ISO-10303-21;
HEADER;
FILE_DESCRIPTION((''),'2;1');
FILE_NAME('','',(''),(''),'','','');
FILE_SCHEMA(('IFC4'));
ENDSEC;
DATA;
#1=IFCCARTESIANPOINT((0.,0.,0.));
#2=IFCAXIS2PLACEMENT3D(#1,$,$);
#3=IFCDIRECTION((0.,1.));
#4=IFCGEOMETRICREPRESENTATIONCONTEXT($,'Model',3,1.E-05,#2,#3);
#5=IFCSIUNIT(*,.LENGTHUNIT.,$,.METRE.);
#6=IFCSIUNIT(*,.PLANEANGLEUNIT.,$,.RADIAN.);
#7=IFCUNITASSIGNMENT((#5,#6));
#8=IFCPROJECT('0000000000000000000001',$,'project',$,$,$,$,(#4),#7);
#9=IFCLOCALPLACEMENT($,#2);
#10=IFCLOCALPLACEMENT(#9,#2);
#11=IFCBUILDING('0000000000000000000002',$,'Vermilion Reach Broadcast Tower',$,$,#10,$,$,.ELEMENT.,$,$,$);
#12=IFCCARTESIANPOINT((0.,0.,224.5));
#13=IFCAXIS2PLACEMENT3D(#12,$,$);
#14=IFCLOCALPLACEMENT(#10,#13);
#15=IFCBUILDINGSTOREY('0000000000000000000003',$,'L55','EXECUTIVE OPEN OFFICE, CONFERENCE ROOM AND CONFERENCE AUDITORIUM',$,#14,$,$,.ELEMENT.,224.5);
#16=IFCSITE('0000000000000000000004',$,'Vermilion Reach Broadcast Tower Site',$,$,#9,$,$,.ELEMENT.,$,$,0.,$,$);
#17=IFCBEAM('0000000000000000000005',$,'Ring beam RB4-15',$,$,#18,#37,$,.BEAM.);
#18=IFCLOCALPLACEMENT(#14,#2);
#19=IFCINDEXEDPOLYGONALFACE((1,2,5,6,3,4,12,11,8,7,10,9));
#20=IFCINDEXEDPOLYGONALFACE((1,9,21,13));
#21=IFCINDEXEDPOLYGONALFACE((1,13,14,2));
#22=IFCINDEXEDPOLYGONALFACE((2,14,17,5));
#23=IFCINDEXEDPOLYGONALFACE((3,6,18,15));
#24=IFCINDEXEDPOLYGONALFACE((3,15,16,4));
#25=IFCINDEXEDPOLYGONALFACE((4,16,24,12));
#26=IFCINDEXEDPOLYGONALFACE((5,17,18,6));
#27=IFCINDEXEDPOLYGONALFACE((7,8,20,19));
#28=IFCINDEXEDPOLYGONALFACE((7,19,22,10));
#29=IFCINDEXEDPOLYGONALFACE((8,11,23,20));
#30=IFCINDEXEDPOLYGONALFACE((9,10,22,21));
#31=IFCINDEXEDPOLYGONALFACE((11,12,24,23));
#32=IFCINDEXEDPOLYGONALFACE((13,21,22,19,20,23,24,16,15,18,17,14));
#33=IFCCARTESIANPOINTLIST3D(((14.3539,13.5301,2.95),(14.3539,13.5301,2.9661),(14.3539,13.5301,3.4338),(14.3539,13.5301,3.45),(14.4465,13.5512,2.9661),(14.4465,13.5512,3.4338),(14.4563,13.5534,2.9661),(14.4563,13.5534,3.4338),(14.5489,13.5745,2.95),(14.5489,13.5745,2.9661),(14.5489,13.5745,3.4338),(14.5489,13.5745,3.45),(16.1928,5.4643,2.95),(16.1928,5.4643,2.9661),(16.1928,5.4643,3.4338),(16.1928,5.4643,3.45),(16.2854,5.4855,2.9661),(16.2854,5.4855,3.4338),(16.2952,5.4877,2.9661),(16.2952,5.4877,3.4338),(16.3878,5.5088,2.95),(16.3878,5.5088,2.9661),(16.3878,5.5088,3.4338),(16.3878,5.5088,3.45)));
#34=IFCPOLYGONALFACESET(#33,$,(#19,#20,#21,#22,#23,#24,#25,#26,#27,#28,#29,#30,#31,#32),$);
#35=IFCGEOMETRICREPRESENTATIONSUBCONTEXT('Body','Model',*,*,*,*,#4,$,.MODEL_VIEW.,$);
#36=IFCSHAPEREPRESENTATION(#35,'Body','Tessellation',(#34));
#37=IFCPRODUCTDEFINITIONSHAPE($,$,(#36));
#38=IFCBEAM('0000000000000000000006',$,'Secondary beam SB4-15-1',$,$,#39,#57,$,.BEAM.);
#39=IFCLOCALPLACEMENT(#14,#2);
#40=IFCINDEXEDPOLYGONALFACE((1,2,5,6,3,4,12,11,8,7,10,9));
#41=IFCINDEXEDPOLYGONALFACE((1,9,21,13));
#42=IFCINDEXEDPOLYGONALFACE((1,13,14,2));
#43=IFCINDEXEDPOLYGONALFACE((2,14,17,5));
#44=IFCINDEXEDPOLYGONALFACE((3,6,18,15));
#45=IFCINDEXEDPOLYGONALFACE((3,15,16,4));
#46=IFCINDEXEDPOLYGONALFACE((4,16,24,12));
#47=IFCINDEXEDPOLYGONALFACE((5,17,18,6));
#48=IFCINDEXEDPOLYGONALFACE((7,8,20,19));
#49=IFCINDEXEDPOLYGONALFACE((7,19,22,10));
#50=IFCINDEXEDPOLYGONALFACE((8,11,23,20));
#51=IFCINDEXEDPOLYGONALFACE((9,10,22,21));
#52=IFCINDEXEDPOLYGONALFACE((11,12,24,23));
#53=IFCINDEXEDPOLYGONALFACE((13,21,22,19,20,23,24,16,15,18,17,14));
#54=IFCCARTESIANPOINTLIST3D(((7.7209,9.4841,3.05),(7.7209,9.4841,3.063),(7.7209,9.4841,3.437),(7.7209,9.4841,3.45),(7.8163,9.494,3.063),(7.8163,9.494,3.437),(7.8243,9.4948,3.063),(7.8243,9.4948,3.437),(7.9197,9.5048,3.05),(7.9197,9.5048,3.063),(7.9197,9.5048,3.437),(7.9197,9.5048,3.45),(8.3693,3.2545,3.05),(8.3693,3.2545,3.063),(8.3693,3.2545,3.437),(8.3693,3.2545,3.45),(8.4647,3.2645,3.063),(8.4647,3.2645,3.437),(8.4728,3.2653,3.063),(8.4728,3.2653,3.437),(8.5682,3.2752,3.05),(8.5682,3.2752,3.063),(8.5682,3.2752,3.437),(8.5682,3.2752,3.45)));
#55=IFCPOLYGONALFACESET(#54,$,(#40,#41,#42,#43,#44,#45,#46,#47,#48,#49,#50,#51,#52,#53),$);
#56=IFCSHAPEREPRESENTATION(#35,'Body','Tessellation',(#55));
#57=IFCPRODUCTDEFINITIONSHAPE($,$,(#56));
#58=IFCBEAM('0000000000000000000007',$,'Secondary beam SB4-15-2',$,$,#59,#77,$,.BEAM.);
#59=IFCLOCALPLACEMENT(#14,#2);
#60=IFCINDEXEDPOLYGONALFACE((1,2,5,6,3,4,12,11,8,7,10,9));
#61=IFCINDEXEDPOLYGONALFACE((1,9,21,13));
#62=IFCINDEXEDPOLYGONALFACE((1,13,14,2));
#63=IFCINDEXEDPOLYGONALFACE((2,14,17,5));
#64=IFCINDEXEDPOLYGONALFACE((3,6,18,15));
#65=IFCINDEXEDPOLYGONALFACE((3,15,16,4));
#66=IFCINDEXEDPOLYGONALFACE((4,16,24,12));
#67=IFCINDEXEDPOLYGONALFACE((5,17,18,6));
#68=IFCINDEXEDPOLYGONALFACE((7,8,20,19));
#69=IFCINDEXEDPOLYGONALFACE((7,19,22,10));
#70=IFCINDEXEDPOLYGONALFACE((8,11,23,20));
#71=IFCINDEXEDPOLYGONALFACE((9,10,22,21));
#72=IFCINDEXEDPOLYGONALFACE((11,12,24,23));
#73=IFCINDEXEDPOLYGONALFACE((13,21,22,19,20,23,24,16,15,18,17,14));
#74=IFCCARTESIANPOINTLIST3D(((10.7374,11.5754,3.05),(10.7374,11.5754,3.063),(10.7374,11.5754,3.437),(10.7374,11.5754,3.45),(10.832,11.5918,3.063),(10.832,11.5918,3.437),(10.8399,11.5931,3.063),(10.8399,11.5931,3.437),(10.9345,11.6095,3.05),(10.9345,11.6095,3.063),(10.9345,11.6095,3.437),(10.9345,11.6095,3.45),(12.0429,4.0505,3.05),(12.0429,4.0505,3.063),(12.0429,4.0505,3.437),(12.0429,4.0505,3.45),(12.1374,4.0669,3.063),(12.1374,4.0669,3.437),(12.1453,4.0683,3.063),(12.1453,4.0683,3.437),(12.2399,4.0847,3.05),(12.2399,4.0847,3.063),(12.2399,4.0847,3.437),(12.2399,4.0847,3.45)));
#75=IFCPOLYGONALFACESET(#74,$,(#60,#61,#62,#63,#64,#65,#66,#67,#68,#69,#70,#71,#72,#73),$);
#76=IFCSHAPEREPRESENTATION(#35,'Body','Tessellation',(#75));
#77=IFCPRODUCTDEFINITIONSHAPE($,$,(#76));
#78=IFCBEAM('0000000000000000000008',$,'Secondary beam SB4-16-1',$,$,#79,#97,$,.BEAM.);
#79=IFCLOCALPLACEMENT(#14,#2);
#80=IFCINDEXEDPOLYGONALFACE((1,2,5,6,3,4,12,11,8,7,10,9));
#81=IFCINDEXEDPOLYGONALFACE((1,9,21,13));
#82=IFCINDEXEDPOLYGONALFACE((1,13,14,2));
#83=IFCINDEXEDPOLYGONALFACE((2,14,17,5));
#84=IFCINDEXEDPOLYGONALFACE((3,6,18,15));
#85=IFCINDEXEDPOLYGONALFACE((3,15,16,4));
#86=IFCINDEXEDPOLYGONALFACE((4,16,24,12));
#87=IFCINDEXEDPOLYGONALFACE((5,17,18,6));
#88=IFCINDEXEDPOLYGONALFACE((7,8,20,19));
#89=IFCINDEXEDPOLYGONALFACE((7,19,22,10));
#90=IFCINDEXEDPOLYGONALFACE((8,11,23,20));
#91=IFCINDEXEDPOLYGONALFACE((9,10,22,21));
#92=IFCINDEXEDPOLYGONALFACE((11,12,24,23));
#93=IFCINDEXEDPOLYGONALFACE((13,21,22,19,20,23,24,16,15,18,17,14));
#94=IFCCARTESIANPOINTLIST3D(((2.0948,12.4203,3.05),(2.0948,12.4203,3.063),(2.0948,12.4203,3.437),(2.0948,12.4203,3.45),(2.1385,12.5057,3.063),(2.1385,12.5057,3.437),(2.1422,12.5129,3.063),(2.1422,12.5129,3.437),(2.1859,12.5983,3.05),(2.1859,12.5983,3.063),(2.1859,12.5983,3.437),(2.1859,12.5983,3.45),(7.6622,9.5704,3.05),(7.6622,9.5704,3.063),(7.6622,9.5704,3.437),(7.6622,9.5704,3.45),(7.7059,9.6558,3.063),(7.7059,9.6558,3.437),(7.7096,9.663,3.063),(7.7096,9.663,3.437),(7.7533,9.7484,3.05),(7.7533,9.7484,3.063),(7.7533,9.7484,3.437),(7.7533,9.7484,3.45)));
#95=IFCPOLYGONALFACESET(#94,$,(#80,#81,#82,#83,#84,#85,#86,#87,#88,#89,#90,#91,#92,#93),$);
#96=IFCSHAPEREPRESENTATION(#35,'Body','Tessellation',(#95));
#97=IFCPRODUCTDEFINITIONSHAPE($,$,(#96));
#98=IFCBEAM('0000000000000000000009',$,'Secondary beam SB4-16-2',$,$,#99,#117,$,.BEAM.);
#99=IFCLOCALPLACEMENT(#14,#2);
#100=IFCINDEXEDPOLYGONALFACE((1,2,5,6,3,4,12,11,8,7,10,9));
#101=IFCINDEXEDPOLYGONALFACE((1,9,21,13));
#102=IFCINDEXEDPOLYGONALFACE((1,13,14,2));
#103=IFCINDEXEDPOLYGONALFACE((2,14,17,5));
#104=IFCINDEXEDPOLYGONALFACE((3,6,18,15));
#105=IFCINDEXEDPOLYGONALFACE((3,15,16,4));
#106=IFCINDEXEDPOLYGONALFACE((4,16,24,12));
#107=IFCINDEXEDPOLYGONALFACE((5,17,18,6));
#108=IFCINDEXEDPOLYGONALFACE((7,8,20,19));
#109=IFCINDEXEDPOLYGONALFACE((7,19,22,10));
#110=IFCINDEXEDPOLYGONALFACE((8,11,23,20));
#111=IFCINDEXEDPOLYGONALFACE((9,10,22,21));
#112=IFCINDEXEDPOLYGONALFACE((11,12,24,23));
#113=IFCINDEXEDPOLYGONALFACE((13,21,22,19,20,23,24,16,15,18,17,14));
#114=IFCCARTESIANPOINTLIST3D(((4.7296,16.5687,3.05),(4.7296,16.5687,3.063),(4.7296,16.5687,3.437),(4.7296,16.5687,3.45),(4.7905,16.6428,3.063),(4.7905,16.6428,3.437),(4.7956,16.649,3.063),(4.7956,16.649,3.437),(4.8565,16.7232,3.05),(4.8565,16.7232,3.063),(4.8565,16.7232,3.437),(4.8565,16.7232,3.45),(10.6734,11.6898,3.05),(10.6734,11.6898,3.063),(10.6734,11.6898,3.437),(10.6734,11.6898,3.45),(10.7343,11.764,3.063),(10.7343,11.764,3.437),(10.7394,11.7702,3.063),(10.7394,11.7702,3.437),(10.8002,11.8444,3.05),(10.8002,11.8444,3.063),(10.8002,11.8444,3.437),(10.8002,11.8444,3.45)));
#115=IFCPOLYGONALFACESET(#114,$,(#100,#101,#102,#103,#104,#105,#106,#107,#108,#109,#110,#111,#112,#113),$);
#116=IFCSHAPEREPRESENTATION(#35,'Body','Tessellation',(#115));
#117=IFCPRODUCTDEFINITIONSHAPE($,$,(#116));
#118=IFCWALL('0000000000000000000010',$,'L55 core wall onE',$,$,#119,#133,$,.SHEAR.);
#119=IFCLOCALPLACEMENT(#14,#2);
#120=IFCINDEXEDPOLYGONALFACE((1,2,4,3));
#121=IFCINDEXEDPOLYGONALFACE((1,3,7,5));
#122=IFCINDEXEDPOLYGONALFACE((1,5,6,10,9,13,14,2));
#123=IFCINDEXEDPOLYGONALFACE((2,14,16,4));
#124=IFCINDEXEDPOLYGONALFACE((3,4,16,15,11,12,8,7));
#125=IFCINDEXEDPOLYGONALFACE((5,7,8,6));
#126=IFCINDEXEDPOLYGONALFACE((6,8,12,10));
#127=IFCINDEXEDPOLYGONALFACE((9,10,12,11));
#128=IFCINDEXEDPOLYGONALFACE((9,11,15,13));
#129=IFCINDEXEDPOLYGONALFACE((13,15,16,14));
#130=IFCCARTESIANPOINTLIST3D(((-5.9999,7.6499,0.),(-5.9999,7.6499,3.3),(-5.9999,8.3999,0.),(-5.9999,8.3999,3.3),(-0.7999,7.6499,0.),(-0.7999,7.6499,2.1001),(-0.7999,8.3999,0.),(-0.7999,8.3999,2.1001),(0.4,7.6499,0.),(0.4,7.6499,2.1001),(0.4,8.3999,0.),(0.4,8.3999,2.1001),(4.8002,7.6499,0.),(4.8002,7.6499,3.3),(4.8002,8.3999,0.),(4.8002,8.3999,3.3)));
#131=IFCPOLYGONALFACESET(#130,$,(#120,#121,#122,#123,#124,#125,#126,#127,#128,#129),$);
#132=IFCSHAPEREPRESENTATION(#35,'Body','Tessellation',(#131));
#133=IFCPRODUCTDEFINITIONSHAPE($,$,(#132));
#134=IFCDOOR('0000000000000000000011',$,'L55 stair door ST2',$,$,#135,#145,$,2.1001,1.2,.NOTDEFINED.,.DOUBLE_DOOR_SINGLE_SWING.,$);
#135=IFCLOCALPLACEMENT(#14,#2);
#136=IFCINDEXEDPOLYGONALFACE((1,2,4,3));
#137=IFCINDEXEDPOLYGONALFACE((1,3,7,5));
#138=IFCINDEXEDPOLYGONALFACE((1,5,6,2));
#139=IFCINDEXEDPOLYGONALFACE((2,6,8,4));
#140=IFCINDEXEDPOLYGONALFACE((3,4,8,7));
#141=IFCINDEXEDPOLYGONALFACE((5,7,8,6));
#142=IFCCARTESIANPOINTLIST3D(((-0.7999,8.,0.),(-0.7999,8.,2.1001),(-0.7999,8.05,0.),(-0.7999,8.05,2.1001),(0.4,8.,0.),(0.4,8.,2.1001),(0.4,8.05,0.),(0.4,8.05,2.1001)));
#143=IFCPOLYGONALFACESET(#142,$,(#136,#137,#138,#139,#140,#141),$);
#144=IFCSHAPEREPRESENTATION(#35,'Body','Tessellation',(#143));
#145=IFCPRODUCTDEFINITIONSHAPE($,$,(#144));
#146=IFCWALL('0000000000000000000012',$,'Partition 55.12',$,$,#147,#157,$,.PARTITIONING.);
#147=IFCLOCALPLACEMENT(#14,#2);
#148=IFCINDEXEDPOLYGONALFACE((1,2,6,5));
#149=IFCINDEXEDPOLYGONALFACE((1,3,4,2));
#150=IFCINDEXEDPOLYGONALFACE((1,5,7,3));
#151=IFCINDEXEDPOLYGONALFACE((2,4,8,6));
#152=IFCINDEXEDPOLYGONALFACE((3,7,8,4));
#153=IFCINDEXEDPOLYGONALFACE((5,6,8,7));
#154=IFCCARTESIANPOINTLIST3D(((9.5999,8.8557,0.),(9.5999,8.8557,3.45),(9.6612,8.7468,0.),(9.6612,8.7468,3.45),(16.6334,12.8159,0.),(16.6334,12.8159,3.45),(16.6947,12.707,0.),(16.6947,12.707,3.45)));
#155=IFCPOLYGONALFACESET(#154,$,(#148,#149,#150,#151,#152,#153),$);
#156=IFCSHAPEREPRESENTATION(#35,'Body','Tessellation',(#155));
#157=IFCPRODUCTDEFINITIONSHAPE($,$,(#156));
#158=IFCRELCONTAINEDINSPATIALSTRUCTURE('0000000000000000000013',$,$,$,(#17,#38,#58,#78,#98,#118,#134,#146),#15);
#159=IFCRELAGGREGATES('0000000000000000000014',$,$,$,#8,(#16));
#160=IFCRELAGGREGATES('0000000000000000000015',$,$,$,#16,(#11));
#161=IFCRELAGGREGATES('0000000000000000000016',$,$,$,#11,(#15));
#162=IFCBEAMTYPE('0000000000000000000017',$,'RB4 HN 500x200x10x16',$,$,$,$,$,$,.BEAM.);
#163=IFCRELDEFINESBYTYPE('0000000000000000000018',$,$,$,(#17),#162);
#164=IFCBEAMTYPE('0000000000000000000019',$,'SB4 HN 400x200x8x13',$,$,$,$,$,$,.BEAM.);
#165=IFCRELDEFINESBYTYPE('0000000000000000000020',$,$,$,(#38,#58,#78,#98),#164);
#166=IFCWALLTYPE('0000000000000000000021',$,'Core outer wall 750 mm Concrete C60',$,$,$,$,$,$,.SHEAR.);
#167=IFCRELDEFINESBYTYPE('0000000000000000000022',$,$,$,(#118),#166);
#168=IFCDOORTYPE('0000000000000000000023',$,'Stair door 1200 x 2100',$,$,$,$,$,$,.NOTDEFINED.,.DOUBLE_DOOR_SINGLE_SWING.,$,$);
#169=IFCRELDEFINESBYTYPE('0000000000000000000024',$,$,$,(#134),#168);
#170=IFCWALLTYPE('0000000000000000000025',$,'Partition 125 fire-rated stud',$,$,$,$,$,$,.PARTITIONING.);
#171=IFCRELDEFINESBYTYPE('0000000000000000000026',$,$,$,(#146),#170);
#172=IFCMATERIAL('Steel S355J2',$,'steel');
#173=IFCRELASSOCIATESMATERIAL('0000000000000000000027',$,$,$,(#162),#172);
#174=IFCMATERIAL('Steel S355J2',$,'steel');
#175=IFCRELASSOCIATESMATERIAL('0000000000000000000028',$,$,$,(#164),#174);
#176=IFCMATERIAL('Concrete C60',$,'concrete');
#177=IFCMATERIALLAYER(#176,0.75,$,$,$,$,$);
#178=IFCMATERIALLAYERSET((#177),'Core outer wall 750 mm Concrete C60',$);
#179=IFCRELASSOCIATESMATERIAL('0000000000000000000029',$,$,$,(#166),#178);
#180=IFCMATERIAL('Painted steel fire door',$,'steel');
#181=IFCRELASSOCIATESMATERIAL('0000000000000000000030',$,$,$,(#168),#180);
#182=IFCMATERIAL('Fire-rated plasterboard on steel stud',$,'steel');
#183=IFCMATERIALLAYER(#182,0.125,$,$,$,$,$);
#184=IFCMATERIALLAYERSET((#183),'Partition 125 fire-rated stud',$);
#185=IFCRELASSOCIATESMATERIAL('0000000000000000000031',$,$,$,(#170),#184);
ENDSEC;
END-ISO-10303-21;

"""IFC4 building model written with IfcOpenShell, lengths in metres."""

from ifc_helpers import new_model, si_unit, direction, frame, frame_2d, origin, origin_2d, place, context, subcontext, project, spatial, rectangle, i_section, extrude, material, layer, layer_set, material_profile, profile_set, type_object, element, fill, save


model = new_model("IFC4")

# Units and contexts
model_context = context("Model", 3, precision=1e-05, world=origin(), true_north=direction((0.0, 1.0)))
body_context = subcontext(model_context, "Body", "Model", "MODEL_VIEW")
ifc_project = project(units=[si_unit("LENGTHUNIT", "METRE"), si_unit("PLANEANGLEUNIT", "RADIAN")], contexts=[model_context])

# Site, building, storey
site_placement = place(None, origin())
site = spatial("IfcSite", under=ifc_project, at=site_placement, Name="Vermilion Reach Broadcast Tower Site", CompositionType="ELEMENT", RefElevation=0.0)
building_placement = place(site_placement, origin())
building = spatial("IfcBuilding", under=site, at=building_placement, Name="Vermilion Reach Broadcast Tower", CompositionType="ELEMENT")
storey_placement = place(building_placement, frame((0.0, 0.0, 224.5)))
storey = spatial("IfcBuildingStorey", under=building, at=storey_placement, Name="L55", Description="EXECUTIVE OPEN OFFICE, CONFERENCE ROOM AND CONFERENCE AUDITORIUM", CompositionType="ELEMENT", Elevation=224.5)

# Beams
ifc_material_1 = material(Name="Steel S355J2", Category="steel")
ifc_material_profile_1 = material_profile(ifc_material_1, i_section(OverallWidth=0.2, OverallDepth=0.5, WebThickness=0.01, FlangeThickness=0.0161, at=origin_2d()), Name="S355J2 HN 500x200x10x16")
ifc_profile_set_1 = profile_set([ifc_material_profile_1], Name="Steel S355J2")
beam_type_1 = type_object("IfcBeamType", Name="RB4 HN 500x200x10x16", PredefinedType="BEAM", material=ifc_profile_set_1)
beam_1_placement = place(storey_placement, frame((16.2903, 5.4866, 3.2), z_axis=(-0.222283, 0.974982, 0.0), x_axis=(-0.974982, -0.222283, 0.0)))
element("IfcBeam", 1, at=beam_1_placement, inside=storey, type_object=beam_type_1, Name="Ring beam RB4-15", PredefinedType="BEAM", context=body_context, shape_type="SweptSolid", body=[
    extrude(i_section(OverallWidth=0.2, OverallDepth=0.5, WebThickness=0.01, FlangeThickness=0.0161, at=origin_2d()), origin(), (0.0, 0.0, 1.0), 8.2727),
])
ifc_material_2 = material(Name="Steel S355J2", Category="steel")
ifc_material_profile_2 = material_profile(ifc_material_2, i_section(OverallWidth=0.2, OverallDepth=0.3999, WebThickness=0.0081, FlangeThickness=0.0129, at=origin_2d()), Name="S355J2 HN 400x200x8x13")
ifc_profile_set_2 = profile_set([ifc_material_profile_2], Name="Steel S355J2")
beam_type_2 = type_object("IfcBeamType", Name="SB4 HN 400x200x8x13", PredefinedType="BEAM", material=ifc_profile_set_2)
beam_2_placement = place(storey_placement, frame((8.4688, 3.2649, 3.25), z_axis=(-0.103532, 0.994626, 0.0), x_axis=(-0.994626, -0.103532, 0.0)))
element("IfcBeam", 2, at=beam_2_placement, inside=storey, type_object=beam_type_2, Name="Secondary beam SB4-15-1", PredefinedType="BEAM", context=body_context, shape_type="SweptSolid", body=[
    extrude(i_section(OverallWidth=0.2, OverallDepth=0.3999, WebThickness=0.0081, FlangeThickness=0.0129, at=origin_2d()), origin(), (0.0, 0.0, 1.0), 6.2632),
])
beam_3_placement = place(storey_placement, frame((12.1414, 4.0676, 3.25), z_axis=(-0.170927, 0.985284, 0.0), x_axis=(-0.985284, -0.170927, 0.0)))
element("IfcBeam", 3, at=beam_3_placement, inside=storey, type_object=beam_type_2, Name="Secondary beam SB4-15-2", PredefinedType="BEAM", context=body_context, shape_type="SweptSolid", body=[
    extrude(i_section(OverallWidth=0.2, OverallDepth=0.3999, WebThickness=0.0081, FlangeThickness=0.0129, at=origin_2d()), origin(), (0.0, 0.0, 1.0), 7.6372),
])
beam_4_placement = place(storey_placement, frame((7.7078, 9.6594, 3.25), z_axis=(-0.890156, 0.455656, 0.0), x_axis=(-0.455656, -0.890156, 0.0)))
element("IfcBeam", 4, at=beam_4_placement, inside=storey, type_object=beam_type_2, Name="Secondary beam SB4-16-1", PredefinedType="BEAM", context=body_context, shape_type="SweptSolid", body=[
    extrude(i_section(OverallWidth=0.2, OverallDepth=0.3999, WebThickness=0.0081, FlangeThickness=0.0129, at=origin_2d()), origin(), (0.0, 0.0, 1.0), 6.2544),
])
beam_5_placement = place(storey_placement, frame((10.7368, 11.7671, 3.25), z_axis=(-0.772952, 0.634465, 0.0), x_axis=(-0.634465, -0.772952, 0.0)))
element("IfcBeam", 5, at=beam_5_placement, inside=storey, type_object=beam_type_2, Name="Secondary beam SB4-16-2", PredefinedType="BEAM", context=body_context, shape_type="SweptSolid", body=[
    extrude(i_section(OverallWidth=0.2, OverallDepth=0.3999, WebThickness=0.0081, FlangeThickness=0.0129, at=origin_2d()), origin(), (0.0, 0.0, 1.0), 7.6897),
])

# Wall, opening, door
ifc_material_3 = material(Name="Concrete C60", Category="concrete")
ifc_layer_1 = layer(ifc_material_3, 0.75)
ifc_layer_set_1 = layer_set([ifc_layer_1], Name="Core outer wall 750 mm Concrete C60")
wall_type_1 = type_object("IfcWallType", Name="Core outer wall 750 mm Concrete C60", PredefinedType="SHEAR", material=ifc_layer_set_1)
wall_1_placement = place(storey_placement, frame((4.8, 8.0249, 0.0), z_axis=(0.0, 0.0, 1.0), x_axis=(-1.0, 0.0, 0.0)))
wall_1 = element("IfcWall", 6, at=wall_1_placement, inside=storey, type_object=wall_type_1, Name="L55 core wall onE", PredefinedType="SHEAR", context=body_context, shape_type="SweptSolid", body=[
    extrude(rectangle(XDim=10.8, YDim=0.75, at=frame_2d((5.3999, 0.0))), origin(), (0.0, 0.0, 1.0), 3.3),
])
opening_1_placement = place(wall_1_placement, frame((4.3999, 0.0, 0.0)))
opening_1 = element("IfcOpeningElement", 7, at=opening_1_placement, cuts=wall_1, PredefinedType="OPENING", context=body_context, shape_type="SweptSolid", body=[
    extrude(rectangle(XDim=1.2, YDim=2.1001, at=frame_2d((0.6001, 1.05))), frame((0.0, 0.385, 0.0), z_axis=(0.0, -1.0, 0.0), x_axis=(1.0, 0.0, 0.0)), (0.0, 0.0, 1.0), 0.77),
])
ifc_material_4 = material(Name="Painted steel fire door", Category="steel")
door_type_1 = type_object("IfcDoorType", Name="Stair door 1200 x 2100", OperationType="DOUBLE_DOOR_SINGLE_SWING", PredefinedType="NOTDEFINED", material=ifc_material_4)
door_1_placement = place(opening_1_placement, origin())
door_1 = element("IfcDoor", 8, at=door_1_placement, inside=storey, type_object=door_type_1, Name="L55 stair door ST2", OperationType="DOUBLE_DOOR_SINGLE_SWING", OverallHeight=2.1001, OverallWidth=1.2, PredefinedType="NOTDEFINED", context=body_context, shape_type="SweptSolid", body=[
    extrude(rectangle(XDim=1.2, YDim=2.1001, at=frame_2d((0.6001, 1.05))), frame((0.0, 0.0249, 0.0), z_axis=(0.0, -1.0, 0.0), x_axis=(1.0, 0.0, 0.0)), (0.0, 0.0, 1.0), 0.05),
])
fill(opening_1, door_1)

# Wall
ifc_material_5 = material(Name="Fire-rated plasterboard on steel stud", Category="steel")
ifc_layer_2 = layer(ifc_material_5, 0.125)
ifc_layer_set_2 = layer_set([ifc_layer_2], Name="Partition 125 fire-rated stud")
wall_type_2 = type_object("IfcWallType", Name="Partition 125 fire-rated stud", PredefinedType="PARTITIONING", material=ifc_layer_set_2)
wall_2_placement = place(storey_placement, frame((16.6641, 12.7615, 0.0), z_axis=(0.0, 0.0, 1.0), x_axis=(-0.871369, -0.490627, 0.0)))
element("IfcWall", 9, at=wall_2_placement, inside=storey, type_object=wall_type_2, Name="Partition 55.12", PredefinedType="PARTITIONING", context=body_context, shape_type="SweptSolid", body=[
    extrude(rectangle(XDim=8.0718, YDim=0.125, at=frame_2d((4.0359, 0.0))), origin(), (0.0, 0.0, 1.0), 3.45),
])

save(model, "model.ifc")
